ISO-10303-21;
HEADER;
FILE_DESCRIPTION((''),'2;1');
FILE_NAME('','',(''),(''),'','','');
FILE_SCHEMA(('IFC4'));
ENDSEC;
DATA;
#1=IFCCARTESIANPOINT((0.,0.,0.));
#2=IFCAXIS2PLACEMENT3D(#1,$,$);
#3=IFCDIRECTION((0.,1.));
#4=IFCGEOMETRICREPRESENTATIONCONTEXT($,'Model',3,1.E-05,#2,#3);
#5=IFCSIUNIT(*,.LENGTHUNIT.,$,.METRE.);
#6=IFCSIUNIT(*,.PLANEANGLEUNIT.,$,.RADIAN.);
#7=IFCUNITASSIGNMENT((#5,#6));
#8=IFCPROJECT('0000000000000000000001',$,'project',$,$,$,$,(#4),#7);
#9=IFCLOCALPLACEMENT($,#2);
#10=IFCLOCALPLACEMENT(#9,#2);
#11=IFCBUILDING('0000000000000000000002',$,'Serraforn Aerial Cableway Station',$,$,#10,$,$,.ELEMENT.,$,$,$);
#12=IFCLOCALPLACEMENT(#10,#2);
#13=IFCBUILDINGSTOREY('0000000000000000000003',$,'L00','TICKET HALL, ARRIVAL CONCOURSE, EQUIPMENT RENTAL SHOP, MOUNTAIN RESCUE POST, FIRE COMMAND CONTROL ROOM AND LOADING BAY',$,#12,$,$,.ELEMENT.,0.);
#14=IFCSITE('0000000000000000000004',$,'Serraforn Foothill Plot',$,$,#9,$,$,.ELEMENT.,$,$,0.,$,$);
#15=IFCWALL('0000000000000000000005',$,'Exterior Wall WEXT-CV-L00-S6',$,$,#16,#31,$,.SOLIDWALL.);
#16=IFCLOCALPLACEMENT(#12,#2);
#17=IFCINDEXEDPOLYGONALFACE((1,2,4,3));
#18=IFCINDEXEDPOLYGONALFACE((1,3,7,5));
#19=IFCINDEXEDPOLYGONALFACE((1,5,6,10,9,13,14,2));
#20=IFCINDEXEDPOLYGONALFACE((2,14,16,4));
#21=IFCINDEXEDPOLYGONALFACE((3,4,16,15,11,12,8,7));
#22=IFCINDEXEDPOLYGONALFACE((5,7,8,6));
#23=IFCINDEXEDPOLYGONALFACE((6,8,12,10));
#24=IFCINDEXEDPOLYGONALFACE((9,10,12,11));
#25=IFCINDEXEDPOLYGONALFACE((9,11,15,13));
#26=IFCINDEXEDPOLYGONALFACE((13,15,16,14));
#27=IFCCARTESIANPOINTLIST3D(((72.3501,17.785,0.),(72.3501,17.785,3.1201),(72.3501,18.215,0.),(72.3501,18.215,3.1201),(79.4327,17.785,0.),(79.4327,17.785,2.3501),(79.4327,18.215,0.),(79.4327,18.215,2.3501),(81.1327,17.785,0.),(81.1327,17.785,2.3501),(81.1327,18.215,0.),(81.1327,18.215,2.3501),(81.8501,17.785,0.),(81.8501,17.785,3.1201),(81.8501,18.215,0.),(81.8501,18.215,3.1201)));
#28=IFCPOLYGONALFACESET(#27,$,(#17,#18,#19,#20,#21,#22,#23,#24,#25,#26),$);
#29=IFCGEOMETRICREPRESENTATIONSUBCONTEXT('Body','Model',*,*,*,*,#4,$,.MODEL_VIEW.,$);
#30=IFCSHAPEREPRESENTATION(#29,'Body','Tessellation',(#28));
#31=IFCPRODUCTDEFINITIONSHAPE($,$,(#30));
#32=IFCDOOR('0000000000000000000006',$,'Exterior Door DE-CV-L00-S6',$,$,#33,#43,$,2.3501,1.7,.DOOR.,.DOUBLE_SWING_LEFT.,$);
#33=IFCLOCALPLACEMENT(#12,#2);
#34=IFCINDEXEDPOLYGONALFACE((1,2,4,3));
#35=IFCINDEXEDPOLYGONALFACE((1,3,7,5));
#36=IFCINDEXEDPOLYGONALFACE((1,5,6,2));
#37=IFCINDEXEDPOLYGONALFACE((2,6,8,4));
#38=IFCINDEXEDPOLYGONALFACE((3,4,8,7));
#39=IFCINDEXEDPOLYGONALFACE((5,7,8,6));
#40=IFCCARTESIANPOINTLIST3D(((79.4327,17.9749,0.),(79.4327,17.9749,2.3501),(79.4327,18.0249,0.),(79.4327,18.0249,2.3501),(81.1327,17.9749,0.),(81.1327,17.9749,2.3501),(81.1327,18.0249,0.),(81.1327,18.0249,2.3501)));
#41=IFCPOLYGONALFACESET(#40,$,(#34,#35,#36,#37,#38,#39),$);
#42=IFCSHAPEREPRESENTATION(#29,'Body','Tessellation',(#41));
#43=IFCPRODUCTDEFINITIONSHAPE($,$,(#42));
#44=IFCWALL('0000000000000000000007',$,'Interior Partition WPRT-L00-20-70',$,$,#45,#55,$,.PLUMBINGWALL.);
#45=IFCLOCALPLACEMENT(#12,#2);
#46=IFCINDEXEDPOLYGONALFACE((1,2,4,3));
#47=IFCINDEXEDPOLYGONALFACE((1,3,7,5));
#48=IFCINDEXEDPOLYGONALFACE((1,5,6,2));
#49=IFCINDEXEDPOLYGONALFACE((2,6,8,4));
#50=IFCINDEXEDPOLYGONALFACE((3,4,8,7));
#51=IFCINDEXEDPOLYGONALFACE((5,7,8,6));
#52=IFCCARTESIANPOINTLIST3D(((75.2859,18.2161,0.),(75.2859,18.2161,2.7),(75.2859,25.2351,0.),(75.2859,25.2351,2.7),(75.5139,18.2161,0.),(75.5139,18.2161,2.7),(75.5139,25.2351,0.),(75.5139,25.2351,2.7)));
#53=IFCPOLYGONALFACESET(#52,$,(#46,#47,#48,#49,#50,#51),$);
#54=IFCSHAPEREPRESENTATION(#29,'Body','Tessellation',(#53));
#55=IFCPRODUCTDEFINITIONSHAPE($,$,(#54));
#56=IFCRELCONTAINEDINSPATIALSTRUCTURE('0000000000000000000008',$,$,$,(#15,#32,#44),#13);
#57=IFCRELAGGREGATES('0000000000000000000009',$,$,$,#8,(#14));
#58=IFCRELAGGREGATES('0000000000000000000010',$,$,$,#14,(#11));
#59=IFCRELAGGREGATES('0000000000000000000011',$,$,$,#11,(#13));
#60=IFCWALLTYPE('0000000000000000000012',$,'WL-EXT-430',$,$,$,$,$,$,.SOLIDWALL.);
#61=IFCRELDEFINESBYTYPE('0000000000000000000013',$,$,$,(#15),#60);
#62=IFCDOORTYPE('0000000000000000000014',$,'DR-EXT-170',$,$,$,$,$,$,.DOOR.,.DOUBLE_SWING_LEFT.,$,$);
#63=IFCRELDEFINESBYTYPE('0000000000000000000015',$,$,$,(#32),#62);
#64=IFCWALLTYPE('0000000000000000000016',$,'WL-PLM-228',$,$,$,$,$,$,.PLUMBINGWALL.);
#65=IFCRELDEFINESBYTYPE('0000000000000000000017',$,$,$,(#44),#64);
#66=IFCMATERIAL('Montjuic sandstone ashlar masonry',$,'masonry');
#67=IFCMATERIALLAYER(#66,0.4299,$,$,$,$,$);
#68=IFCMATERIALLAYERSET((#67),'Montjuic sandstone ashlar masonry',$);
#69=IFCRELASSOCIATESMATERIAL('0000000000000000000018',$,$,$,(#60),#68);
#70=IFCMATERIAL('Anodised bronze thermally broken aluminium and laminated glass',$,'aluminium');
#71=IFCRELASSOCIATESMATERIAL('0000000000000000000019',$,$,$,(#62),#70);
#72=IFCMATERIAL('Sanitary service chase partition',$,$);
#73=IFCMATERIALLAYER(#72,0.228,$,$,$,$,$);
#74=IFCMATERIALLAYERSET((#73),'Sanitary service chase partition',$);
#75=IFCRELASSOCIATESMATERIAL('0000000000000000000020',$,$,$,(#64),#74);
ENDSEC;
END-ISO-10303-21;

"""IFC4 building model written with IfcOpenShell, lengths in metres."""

from ifc_helpers import new_model, si_unit, direction, frame, frame_2d, origin, place, context, subcontext, project, spatial, rectangle, extrude, material, layer, layer_set, type_object, element, fill, save


model = new_model("IFC4")

# Units and contexts
model_context = context("Model", 3, precision=1e-05, world=origin(), true_north=direction((0.0, 1.0)))
body_context = subcontext(model_context, "Body", "Model", "MODEL_VIEW")
ifc_project = project(units=[si_unit("LENGTHUNIT", "METRE"), si_unit("PLANEANGLEUNIT", "RADIAN")], contexts=[model_context])

# Site, building, storey
site_placement = place(None, origin())
site = spatial("IfcSite", under=ifc_project, at=site_placement, Name="Serraforn Foothill Plot", CompositionType="ELEMENT", RefElevation=0.0)
building_placement = place(site_placement, origin())
building = spatial("IfcBuilding", under=site, at=building_placement, Name="Serraforn Aerial Cableway Station", CompositionType="ELEMENT")
storey_placement = place(building_placement, origin())
storey = spatial("IfcBuildingStorey", under=building, at=storey_placement, Name="L00", Description="TICKET HALL, ARRIVAL CONCOURSE, EQUIPMENT RENTAL SHOP, MOUNTAIN RESCUE POST, FIRE COMMAND CONTROL ROOM AND LOADING BAY", CompositionType="ELEMENT", Elevation=0.0)

# Wall, opening, door
ifc_material_1 = material(Name="Montjuic sandstone ashlar masonry", Category="masonry")
ifc_layer_1 = layer(ifc_material_1, 0.4299)
ifc_layer_set_1 = layer_set([ifc_layer_1], Name="Montjuic sandstone ashlar masonry")
wall_type_1 = type_object("IfcWallType", Name="WL-EXT-430", PredefinedType="SOLIDWALL", material=ifc_layer_set_1)
wall_1_placement = place(storey_placement, frame((72.3501, 18.0, 0.0), z_axis=(0.0, 0.0, 1.0), x_axis=(1.0, 0.0, 0.0)))
wall_1 = element("IfcWall", 1, at=wall_1_placement, inside=storey, type_object=wall_type_1, Name="Exterior Wall WEXT-CV-L00-S6", PredefinedType="SOLIDWALL", context=body_context, shape_type="SweptSolid", body=[
    extrude(rectangle(XDim=9.5, YDim=0.4299, at=frame_2d((4.75, 0.0))), origin(), (0.0, 0.0, 1.0), 3.1201),
])
opening_placement = place(wall_1_placement, frame((7.0825, 0.0, 0.0)))
opening = element("IfcOpeningElement", 2, at=opening_placement, cuts=wall_1, PredefinedType="OPENING", context=body_context, shape_type="SweptSolid", body=[
    extrude(rectangle(XDim=1.7, YDim=2.3501, at=frame_2d((0.8501, 1.175))), frame((0.0, 0.2249, 0.0), z_axis=(0.0, -1.0, 0.0), x_axis=(1.0, 0.0, 0.0)), (0.0, 0.0, 1.0), 0.45),
])
ifc_material_2 = material(Name="Anodised bronze thermally broken aluminium and laminated glass", Category="aluminium")
door_type = type_object("IfcDoorType", Name="DR-EXT-170", OperationType="DOUBLE_SWING_LEFT", PredefinedType="DOOR", material=ifc_material_2)
door_placement = place(opening_placement, origin())
door = element("IfcDoor", 3, at=door_placement, inside=storey, type_object=door_type, Name="Exterior Door DE-CV-L00-S6", OperationType="DOUBLE_SWING_LEFT", OverallHeight=2.3501, OverallWidth=1.7, PredefinedType="DOOR", context=body_context, shape_type="SweptSolid", body=[
    extrude(rectangle(XDim=1.7, YDim=2.3501, at=frame_2d((0.8501, 1.175))), frame((0.0, 0.0249, 0.0), z_axis=(0.0, -1.0, 0.0), x_axis=(1.0, 0.0, 0.0)), (0.0, 0.0, 1.0), 0.05),
])
fill(opening, door)

# Wall
ifc_material_3 = material(Name="Sanitary service chase partition")
ifc_layer_2 = layer(ifc_material_3, 0.228)
ifc_layer_set_2 = layer_set([ifc_layer_2], Name="Sanitary service chase partition")
wall_type_2 = type_object("IfcWallType", Name="WL-PLM-228", PredefinedType="PLUMBINGWALL", material=ifc_layer_set_2)
wall_2_placement = place(storey_placement, frame((75.3999, 18.2161, 0.0), z_axis=(0.0, 0.0, 1.0), x_axis=(0.0, 1.0, 0.0)))
element("IfcWall", 4, at=wall_2_placement, inside=storey, type_object=wall_type_2, Name="Interior Partition WPRT-L00-20-70", PredefinedType="PLUMBINGWALL", context=body_context, shape_type="SweptSolid", body=[
    extrude(rectangle(XDim=7.019, YDim=0.228, at=frame_2d((3.5095, 0.0))), origin(), (0.0, 0.0, 1.0), 2.7),
])

save(model, "model.ifc")
